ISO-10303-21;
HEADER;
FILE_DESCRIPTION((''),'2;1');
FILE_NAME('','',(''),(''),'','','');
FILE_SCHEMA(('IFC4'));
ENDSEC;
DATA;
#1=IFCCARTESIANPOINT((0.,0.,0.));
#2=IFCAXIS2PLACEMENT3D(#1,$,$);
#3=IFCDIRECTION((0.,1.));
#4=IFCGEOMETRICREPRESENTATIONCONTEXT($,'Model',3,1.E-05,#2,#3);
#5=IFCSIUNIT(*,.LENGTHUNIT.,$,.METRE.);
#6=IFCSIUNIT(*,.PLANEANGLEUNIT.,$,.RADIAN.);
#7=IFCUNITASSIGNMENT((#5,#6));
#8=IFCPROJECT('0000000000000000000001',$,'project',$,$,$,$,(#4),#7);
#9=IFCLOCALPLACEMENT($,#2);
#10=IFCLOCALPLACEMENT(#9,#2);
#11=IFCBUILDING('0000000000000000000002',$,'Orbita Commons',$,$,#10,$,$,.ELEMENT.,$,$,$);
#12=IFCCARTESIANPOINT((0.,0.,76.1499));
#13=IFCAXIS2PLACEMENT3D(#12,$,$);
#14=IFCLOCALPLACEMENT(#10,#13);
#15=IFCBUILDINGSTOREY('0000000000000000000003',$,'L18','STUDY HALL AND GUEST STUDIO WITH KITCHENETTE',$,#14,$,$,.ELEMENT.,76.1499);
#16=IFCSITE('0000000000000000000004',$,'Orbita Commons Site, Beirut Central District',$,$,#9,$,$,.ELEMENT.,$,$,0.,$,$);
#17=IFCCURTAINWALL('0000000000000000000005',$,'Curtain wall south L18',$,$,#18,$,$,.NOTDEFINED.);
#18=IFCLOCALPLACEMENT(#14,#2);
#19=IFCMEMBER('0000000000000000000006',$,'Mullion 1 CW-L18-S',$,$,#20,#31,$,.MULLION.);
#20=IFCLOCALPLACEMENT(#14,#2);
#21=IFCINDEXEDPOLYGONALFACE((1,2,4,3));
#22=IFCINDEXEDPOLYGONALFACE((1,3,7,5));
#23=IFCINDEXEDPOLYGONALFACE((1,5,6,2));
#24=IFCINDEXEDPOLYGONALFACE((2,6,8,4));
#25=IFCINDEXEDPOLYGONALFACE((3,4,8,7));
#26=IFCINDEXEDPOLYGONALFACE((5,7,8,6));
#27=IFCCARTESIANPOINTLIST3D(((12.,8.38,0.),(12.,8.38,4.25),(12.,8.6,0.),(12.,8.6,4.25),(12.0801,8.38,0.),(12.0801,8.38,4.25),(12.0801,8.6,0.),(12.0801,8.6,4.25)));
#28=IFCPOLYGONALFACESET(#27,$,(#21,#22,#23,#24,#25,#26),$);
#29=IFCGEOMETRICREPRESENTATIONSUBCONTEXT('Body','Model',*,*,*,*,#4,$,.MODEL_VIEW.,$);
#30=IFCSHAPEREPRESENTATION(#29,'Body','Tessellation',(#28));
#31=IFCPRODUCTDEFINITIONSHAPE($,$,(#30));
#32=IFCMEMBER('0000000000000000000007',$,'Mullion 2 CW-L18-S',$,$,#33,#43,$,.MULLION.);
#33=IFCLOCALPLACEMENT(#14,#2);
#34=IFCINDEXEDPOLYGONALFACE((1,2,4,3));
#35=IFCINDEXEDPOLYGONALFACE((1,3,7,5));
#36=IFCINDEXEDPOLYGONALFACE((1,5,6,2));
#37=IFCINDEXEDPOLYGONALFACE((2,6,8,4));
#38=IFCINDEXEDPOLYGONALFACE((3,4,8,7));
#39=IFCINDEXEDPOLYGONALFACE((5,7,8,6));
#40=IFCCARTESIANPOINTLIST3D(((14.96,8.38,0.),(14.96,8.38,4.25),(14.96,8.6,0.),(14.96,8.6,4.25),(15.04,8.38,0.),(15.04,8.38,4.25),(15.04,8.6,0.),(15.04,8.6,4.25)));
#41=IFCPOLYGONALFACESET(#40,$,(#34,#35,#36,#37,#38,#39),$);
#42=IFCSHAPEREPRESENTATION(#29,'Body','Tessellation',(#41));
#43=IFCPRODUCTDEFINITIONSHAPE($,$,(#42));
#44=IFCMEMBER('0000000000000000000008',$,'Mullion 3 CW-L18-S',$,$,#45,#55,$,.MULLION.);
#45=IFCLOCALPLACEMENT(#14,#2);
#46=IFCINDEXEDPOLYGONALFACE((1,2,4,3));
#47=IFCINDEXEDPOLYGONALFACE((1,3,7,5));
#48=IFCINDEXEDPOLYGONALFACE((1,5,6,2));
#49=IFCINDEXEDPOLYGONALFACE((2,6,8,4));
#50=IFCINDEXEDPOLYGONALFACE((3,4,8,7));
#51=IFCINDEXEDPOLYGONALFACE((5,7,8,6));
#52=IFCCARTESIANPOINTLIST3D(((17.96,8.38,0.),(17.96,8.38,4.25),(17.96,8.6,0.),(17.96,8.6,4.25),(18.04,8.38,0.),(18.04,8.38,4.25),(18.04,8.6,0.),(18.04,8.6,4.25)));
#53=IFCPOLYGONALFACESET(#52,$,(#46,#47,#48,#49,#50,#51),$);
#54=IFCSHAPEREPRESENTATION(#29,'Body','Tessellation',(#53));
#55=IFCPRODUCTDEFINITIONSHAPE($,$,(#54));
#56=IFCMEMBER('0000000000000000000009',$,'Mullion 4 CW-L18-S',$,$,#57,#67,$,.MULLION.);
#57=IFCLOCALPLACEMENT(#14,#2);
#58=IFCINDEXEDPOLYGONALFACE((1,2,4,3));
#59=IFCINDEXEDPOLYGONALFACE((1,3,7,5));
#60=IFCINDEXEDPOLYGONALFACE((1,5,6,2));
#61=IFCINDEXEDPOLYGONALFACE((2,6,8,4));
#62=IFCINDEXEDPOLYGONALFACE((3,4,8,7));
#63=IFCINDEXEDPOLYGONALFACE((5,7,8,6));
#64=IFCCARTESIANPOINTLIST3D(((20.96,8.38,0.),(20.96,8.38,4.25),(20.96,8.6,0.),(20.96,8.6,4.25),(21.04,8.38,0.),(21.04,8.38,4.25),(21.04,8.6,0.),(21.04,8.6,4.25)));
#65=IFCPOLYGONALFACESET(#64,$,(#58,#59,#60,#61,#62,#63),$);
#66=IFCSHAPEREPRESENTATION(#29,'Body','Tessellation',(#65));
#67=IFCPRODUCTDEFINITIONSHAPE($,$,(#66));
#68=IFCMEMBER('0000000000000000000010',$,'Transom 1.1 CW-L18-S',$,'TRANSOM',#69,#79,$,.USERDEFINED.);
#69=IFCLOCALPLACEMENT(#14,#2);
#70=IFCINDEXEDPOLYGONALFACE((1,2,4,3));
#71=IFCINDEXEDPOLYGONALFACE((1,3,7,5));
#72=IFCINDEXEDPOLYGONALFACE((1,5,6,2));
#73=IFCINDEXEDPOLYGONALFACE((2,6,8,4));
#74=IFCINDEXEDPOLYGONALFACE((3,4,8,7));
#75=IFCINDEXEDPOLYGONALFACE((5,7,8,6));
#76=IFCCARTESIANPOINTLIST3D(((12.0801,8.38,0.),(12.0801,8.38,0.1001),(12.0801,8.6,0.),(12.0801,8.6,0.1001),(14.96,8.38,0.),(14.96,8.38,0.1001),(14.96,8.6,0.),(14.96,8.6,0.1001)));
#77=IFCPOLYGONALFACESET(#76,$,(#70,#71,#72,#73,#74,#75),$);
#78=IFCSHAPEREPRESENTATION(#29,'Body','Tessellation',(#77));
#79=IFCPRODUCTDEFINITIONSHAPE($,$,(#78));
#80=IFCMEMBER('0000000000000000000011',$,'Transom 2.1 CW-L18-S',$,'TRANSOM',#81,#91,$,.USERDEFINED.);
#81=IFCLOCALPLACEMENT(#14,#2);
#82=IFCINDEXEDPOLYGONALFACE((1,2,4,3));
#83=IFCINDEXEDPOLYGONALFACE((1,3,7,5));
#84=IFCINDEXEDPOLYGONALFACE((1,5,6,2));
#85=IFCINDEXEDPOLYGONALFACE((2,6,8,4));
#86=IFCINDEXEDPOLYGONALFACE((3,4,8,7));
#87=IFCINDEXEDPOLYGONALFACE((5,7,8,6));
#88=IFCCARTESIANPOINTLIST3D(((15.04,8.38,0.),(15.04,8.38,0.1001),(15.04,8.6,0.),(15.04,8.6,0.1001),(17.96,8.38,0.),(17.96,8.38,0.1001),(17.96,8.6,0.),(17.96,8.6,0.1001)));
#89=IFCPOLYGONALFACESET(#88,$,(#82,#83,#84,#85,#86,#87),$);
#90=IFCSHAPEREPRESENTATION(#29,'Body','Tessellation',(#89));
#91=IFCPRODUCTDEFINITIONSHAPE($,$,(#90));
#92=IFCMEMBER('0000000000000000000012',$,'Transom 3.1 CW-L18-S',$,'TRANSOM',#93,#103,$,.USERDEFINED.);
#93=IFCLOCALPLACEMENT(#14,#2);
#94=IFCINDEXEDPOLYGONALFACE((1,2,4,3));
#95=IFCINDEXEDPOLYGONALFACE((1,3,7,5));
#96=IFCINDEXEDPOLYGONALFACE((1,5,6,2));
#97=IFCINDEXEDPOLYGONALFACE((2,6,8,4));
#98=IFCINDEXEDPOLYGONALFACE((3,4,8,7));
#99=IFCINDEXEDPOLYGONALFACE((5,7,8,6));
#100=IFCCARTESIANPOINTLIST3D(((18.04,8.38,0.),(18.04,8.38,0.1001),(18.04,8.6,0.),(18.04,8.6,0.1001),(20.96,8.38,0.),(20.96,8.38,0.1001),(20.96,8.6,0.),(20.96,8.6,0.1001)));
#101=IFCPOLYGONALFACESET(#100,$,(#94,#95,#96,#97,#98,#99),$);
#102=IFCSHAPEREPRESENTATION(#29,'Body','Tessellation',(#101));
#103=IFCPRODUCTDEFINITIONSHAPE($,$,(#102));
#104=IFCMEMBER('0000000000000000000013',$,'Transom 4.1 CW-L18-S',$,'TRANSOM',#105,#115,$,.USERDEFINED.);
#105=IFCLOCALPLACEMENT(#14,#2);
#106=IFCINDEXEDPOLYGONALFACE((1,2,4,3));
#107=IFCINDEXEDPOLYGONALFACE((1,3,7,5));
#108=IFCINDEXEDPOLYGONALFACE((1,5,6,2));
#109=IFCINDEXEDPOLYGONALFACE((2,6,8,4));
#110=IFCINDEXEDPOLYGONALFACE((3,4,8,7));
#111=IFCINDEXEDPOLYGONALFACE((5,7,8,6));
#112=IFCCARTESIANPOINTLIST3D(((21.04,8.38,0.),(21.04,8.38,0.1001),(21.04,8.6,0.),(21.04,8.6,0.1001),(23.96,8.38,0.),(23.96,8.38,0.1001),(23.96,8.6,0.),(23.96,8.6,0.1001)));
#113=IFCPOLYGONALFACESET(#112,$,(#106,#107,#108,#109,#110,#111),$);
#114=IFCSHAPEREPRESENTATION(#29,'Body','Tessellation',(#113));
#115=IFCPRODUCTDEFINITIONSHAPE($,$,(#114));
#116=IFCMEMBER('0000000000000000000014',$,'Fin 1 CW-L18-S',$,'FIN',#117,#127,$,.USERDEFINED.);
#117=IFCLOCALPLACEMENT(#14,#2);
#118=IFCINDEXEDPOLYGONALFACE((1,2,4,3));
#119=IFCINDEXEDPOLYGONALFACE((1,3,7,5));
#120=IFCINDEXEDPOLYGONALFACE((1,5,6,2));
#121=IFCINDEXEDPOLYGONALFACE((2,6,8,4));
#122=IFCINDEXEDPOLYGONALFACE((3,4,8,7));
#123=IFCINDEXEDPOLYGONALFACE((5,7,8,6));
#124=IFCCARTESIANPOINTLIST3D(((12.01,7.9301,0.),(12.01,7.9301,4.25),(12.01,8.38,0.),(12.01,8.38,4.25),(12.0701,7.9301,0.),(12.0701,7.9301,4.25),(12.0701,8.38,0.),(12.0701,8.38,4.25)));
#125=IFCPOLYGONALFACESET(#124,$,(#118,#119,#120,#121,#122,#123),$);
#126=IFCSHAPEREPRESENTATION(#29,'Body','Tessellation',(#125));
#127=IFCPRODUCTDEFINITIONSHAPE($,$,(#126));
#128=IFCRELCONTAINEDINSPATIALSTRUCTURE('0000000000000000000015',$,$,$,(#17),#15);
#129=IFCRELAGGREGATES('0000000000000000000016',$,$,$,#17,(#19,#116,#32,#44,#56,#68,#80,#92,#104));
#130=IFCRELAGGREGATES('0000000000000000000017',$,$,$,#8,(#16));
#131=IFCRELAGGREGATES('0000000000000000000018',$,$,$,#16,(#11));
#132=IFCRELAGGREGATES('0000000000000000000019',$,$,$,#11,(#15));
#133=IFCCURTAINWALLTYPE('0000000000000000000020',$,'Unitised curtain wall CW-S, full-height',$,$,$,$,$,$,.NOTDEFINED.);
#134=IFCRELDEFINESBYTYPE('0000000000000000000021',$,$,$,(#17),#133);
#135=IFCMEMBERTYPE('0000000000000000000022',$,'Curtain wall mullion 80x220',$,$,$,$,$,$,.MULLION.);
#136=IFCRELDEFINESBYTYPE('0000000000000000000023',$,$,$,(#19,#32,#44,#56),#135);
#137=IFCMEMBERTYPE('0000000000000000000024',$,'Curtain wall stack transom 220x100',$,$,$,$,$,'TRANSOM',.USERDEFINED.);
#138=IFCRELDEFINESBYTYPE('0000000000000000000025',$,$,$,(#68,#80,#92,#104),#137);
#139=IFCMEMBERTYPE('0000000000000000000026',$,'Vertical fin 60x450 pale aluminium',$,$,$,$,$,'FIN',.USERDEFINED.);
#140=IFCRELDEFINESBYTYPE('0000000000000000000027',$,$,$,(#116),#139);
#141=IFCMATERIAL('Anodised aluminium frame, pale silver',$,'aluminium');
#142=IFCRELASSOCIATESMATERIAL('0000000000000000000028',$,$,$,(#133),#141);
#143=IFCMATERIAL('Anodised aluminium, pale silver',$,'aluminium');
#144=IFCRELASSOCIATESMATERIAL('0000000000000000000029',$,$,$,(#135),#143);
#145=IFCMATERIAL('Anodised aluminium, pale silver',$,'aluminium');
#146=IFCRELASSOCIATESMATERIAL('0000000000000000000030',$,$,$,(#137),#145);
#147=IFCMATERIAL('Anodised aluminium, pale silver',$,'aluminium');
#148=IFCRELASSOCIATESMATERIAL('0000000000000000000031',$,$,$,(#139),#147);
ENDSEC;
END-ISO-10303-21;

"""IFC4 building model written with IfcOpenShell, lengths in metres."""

from ifc_helpers import new_model, si_unit, direction, frame, origin, origin_2d, place, context, subcontext, project, spatial, rectangle, extrude, material, material_profile, profile_set, type_object, element, aggregate, save


model = new_model("IFC4")

# Units and contexts
model_context = context("Model", 3, precision=1e-05, world=origin(), true_north=direction((0.0, 1.0)))
body_context = subcontext(model_context, "Body", "Model", "MODEL_VIEW")
ifc_project = project(units=[si_unit("LENGTHUNIT", "METRE"), si_unit("PLANEANGLEUNIT", "RADIAN")], contexts=[model_context])

# Site, building, storey
site_placement = place(None, origin())
site = spatial("IfcSite", under=ifc_project, at=site_placement, Name="Orbita Commons Site, Beirut Central District", CompositionType="ELEMENT", RefElevation=0.0)
building_placement = place(site_placement, origin())
building = spatial("IfcBuilding", under=site, at=building_placement, Name="Orbita Commons", CompositionType="ELEMENT")
storey_placement = place(building_placement, frame((0.0, 0.0, 76.1499)))
storey = spatial("IfcBuildingStorey", under=building, at=storey_placement, Name="L18", Description="STUDY HALL AND GUEST STUDIO WITH KITCHENETTE", CompositionType="ELEMENT", Elevation=76.1499)

# Curtain wall, members
ifc_material_1 = material(Name="Anodised aluminium frame, pale silver", Category="aluminium")
curtain_wall_type = type_object("IfcCurtainWallType", Name="Unitised curtain wall CW-S, full-height", PredefinedType="NOTDEFINED", material=ifc_material_1)
curtain_wall_placement = place(storey_placement, origin())
curtain_wall = element("IfcCurtainWall", 1, at=curtain_wall_placement, inside=storey, type_object=curtain_wall_type, Name="Curtain wall south L18", PredefinedType="NOTDEFINED")
ifc_material_2 = material(Name="Anodised aluminium, pale silver", Category="aluminium")
ifc_material_profile_1 = material_profile(ifc_material_2, rectangle(XDim=0.0801, YDim=0.22, at=origin_2d()), Name="AL 80x220")
ifc_profile_set_1 = profile_set([ifc_material_profile_1], Name="Anodised aluminium, pale silver")
member_type_1 = type_object("IfcMemberType", Name="Curtain wall mullion 80x220", PredefinedType="MULLION", material=ifc_profile_set_1)
member_1_placement = place(storey_placement, frame((12.04, 8.49, 0.0), z_axis=(0.0, 0.0, 1.0), x_axis=(1.0, 0.0, 0.0)))
member_1 = element("IfcMember", 2, at=member_1_placement, type_object=member_type_1, Name="Mullion 1 CW-L18-S", PredefinedType="MULLION", context=body_context, shape_type="SweptSolid", body=[
    extrude(rectangle(XDim=0.0801, YDim=0.22, at=origin_2d()), origin(), (0.0, 0.0, 1.0), 4.25),
])
member_2_placement = place(storey_placement, frame((15.0, 8.49, 0.0), z_axis=(0.0, 0.0, 1.0), x_axis=(1.0, 0.0, 0.0)))
member_2 = element("IfcMember", 3, at=member_2_placement, type_object=member_type_1, Name="Mullion 2 CW-L18-S", PredefinedType="MULLION", context=body_context, shape_type="SweptSolid", body=[
    extrude(rectangle(XDim=0.0801, YDim=0.22, at=origin_2d()), origin(), (0.0, 0.0, 1.0), 4.25),
])
member_3_placement = place(storey_placement, frame((18.0, 8.49, 0.0), z_axis=(0.0, 0.0, 1.0), x_axis=(1.0, 0.0, 0.0)))
member_3 = element("IfcMember", 4, at=member_3_placement, type_object=member_type_1, Name="Mullion 3 CW-L18-S", PredefinedType="MULLION", context=body_context, shape_type="SweptSolid", body=[
    extrude(rectangle(XDim=0.0801, YDim=0.22, at=origin_2d()), origin(), (0.0, 0.0, 1.0), 4.25),
])
member_4_placement = place(storey_placement, frame((21.0, 8.49, 0.0), z_axis=(0.0, 0.0, 1.0), x_axis=(1.0, 0.0, 0.0)))
member_4 = element("IfcMember", 5, at=member_4_placement, type_object=member_type_1, Name="Mullion 4 CW-L18-S", PredefinedType="MULLION", context=body_context, shape_type="SweptSolid", body=[
    extrude(rectangle(XDim=0.0801, YDim=0.22, at=origin_2d()), origin(), (0.0, 0.0, 1.0), 4.25),
])
ifc_material_3 = material(Name="Anodised aluminium, pale silver", Category="aluminium")
ifc_material_profile_2 = material_profile(ifc_material_3, rectangle(XDim=0.22, YDim=0.1001, at=origin_2d()), Name="AL 220x100")
ifc_profile_set_2 = profile_set([ifc_material_profile_2], Name="Anodised aluminium, pale silver")
member_type_2 = type_object("IfcMemberType", Name="Curtain wall stack transom 220x100", ElementType="TRANSOM", PredefinedType="USERDEFINED", material=ifc_profile_set_2)
member_5_placement = place(storey_placement, frame((12.0801, 8.49, 0.05), z_axis=(1.0, 0.0, 0.0), x_axis=(0.0, 1.0, 0.0)))
member_5 = element("IfcMember", 6, at=member_5_placement, type_object=member_type_2, Name="Transom 1.1 CW-L18-S", ObjectType="TRANSOM", PredefinedType="USERDEFINED", context=body_context, shape_type="SweptSolid", body=[
    extrude(rectangle(XDim=0.22, YDim=0.1001, at=origin_2d()), origin(), (0.0, 0.0, 1.0), 2.8799),
])
member_6_placement = place(storey_placement, frame((15.04, 8.49, 0.05), z_axis=(1.0, 0.0, 0.0), x_axis=(0.0, 1.0, 0.0)))
member_6 = element("IfcMember", 7, at=member_6_placement, type_object=member_type_2, Name="Transom 2.1 CW-L18-S", ObjectType="TRANSOM", PredefinedType="USERDEFINED", context=body_context, shape_type="SweptSolid", body=[
    extrude(rectangle(XDim=0.22, YDim=0.1001, at=origin_2d()), origin(), (0.0, 0.0, 1.0), 2.9199),
])
member_7_placement = place(storey_placement, frame((18.04, 8.49, 0.05), z_axis=(1.0, 0.0, 0.0), x_axis=(0.0, 1.0, 0.0)))
member_7 = element("IfcMember", 8, at=member_7_placement, type_object=member_type_2, Name="Transom 3.1 CW-L18-S", ObjectType="TRANSOM", PredefinedType="USERDEFINED", context=body_context, shape_type="SweptSolid", body=[
    extrude(rectangle(XDim=0.22, YDim=0.1001, at=origin_2d()), origin(), (0.0, 0.0, 1.0), 2.9199),
])
member_8_placement = place(storey_placement, frame((21.04, 8.49, 0.05), z_axis=(1.0, 0.0, 0.0), x_axis=(0.0, 1.0, 0.0)))
member_8 = element("IfcMember", 9, at=member_8_placement, type_object=member_type_2, Name="Transom 4.1 CW-L18-S", ObjectType="TRANSOM", PredefinedType="USERDEFINED", context=body_context, shape_type="SweptSolid", body=[
    extrude(rectangle(XDim=0.22, YDim=0.1001, at=origin_2d()), origin(), (0.0, 0.0, 1.0), 2.9199),
])
ifc_material_4 = material(Name="Anodised aluminium, pale silver", Category="aluminium")
ifc_material_profile_3 = material_profile(ifc_material_4, rectangle(XDim=0.0601, YDim=0.45, at=origin_2d()), Name="FIN 60x450")
ifc_profile_set_3 = profile_set([ifc_material_profile_3], Name="Anodised aluminium, pale silver")
member_type_3 = type_object("IfcMemberType", Name="Vertical fin 60x450 pale aluminium", ElementType="FIN", PredefinedType="USERDEFINED", material=ifc_profile_set_3)
member_9_placement = place(storey_placement, frame((12.04, 8.155, 0.0), z_axis=(0.0, 0.0, 1.0), x_axis=(1.0, 0.0, 0.0)))
member_9 = element("IfcMember", 10, at=member_9_placement, type_object=member_type_3, Name="Fin 1 CW-L18-S", ObjectType="FIN", PredefinedType="USERDEFINED", context=body_context, shape_type="SweptSolid", body=[
    extrude(rectangle(XDim=0.0601, YDim=0.45, at=origin_2d()), origin(), (0.0, 0.0, 1.0), 4.25),
])

aggregate(curtain_wall, [member_1, member_9, member_2, member_3, member_4, member_5, member_6, member_7, member_8])

save(model, "model.ifc")
